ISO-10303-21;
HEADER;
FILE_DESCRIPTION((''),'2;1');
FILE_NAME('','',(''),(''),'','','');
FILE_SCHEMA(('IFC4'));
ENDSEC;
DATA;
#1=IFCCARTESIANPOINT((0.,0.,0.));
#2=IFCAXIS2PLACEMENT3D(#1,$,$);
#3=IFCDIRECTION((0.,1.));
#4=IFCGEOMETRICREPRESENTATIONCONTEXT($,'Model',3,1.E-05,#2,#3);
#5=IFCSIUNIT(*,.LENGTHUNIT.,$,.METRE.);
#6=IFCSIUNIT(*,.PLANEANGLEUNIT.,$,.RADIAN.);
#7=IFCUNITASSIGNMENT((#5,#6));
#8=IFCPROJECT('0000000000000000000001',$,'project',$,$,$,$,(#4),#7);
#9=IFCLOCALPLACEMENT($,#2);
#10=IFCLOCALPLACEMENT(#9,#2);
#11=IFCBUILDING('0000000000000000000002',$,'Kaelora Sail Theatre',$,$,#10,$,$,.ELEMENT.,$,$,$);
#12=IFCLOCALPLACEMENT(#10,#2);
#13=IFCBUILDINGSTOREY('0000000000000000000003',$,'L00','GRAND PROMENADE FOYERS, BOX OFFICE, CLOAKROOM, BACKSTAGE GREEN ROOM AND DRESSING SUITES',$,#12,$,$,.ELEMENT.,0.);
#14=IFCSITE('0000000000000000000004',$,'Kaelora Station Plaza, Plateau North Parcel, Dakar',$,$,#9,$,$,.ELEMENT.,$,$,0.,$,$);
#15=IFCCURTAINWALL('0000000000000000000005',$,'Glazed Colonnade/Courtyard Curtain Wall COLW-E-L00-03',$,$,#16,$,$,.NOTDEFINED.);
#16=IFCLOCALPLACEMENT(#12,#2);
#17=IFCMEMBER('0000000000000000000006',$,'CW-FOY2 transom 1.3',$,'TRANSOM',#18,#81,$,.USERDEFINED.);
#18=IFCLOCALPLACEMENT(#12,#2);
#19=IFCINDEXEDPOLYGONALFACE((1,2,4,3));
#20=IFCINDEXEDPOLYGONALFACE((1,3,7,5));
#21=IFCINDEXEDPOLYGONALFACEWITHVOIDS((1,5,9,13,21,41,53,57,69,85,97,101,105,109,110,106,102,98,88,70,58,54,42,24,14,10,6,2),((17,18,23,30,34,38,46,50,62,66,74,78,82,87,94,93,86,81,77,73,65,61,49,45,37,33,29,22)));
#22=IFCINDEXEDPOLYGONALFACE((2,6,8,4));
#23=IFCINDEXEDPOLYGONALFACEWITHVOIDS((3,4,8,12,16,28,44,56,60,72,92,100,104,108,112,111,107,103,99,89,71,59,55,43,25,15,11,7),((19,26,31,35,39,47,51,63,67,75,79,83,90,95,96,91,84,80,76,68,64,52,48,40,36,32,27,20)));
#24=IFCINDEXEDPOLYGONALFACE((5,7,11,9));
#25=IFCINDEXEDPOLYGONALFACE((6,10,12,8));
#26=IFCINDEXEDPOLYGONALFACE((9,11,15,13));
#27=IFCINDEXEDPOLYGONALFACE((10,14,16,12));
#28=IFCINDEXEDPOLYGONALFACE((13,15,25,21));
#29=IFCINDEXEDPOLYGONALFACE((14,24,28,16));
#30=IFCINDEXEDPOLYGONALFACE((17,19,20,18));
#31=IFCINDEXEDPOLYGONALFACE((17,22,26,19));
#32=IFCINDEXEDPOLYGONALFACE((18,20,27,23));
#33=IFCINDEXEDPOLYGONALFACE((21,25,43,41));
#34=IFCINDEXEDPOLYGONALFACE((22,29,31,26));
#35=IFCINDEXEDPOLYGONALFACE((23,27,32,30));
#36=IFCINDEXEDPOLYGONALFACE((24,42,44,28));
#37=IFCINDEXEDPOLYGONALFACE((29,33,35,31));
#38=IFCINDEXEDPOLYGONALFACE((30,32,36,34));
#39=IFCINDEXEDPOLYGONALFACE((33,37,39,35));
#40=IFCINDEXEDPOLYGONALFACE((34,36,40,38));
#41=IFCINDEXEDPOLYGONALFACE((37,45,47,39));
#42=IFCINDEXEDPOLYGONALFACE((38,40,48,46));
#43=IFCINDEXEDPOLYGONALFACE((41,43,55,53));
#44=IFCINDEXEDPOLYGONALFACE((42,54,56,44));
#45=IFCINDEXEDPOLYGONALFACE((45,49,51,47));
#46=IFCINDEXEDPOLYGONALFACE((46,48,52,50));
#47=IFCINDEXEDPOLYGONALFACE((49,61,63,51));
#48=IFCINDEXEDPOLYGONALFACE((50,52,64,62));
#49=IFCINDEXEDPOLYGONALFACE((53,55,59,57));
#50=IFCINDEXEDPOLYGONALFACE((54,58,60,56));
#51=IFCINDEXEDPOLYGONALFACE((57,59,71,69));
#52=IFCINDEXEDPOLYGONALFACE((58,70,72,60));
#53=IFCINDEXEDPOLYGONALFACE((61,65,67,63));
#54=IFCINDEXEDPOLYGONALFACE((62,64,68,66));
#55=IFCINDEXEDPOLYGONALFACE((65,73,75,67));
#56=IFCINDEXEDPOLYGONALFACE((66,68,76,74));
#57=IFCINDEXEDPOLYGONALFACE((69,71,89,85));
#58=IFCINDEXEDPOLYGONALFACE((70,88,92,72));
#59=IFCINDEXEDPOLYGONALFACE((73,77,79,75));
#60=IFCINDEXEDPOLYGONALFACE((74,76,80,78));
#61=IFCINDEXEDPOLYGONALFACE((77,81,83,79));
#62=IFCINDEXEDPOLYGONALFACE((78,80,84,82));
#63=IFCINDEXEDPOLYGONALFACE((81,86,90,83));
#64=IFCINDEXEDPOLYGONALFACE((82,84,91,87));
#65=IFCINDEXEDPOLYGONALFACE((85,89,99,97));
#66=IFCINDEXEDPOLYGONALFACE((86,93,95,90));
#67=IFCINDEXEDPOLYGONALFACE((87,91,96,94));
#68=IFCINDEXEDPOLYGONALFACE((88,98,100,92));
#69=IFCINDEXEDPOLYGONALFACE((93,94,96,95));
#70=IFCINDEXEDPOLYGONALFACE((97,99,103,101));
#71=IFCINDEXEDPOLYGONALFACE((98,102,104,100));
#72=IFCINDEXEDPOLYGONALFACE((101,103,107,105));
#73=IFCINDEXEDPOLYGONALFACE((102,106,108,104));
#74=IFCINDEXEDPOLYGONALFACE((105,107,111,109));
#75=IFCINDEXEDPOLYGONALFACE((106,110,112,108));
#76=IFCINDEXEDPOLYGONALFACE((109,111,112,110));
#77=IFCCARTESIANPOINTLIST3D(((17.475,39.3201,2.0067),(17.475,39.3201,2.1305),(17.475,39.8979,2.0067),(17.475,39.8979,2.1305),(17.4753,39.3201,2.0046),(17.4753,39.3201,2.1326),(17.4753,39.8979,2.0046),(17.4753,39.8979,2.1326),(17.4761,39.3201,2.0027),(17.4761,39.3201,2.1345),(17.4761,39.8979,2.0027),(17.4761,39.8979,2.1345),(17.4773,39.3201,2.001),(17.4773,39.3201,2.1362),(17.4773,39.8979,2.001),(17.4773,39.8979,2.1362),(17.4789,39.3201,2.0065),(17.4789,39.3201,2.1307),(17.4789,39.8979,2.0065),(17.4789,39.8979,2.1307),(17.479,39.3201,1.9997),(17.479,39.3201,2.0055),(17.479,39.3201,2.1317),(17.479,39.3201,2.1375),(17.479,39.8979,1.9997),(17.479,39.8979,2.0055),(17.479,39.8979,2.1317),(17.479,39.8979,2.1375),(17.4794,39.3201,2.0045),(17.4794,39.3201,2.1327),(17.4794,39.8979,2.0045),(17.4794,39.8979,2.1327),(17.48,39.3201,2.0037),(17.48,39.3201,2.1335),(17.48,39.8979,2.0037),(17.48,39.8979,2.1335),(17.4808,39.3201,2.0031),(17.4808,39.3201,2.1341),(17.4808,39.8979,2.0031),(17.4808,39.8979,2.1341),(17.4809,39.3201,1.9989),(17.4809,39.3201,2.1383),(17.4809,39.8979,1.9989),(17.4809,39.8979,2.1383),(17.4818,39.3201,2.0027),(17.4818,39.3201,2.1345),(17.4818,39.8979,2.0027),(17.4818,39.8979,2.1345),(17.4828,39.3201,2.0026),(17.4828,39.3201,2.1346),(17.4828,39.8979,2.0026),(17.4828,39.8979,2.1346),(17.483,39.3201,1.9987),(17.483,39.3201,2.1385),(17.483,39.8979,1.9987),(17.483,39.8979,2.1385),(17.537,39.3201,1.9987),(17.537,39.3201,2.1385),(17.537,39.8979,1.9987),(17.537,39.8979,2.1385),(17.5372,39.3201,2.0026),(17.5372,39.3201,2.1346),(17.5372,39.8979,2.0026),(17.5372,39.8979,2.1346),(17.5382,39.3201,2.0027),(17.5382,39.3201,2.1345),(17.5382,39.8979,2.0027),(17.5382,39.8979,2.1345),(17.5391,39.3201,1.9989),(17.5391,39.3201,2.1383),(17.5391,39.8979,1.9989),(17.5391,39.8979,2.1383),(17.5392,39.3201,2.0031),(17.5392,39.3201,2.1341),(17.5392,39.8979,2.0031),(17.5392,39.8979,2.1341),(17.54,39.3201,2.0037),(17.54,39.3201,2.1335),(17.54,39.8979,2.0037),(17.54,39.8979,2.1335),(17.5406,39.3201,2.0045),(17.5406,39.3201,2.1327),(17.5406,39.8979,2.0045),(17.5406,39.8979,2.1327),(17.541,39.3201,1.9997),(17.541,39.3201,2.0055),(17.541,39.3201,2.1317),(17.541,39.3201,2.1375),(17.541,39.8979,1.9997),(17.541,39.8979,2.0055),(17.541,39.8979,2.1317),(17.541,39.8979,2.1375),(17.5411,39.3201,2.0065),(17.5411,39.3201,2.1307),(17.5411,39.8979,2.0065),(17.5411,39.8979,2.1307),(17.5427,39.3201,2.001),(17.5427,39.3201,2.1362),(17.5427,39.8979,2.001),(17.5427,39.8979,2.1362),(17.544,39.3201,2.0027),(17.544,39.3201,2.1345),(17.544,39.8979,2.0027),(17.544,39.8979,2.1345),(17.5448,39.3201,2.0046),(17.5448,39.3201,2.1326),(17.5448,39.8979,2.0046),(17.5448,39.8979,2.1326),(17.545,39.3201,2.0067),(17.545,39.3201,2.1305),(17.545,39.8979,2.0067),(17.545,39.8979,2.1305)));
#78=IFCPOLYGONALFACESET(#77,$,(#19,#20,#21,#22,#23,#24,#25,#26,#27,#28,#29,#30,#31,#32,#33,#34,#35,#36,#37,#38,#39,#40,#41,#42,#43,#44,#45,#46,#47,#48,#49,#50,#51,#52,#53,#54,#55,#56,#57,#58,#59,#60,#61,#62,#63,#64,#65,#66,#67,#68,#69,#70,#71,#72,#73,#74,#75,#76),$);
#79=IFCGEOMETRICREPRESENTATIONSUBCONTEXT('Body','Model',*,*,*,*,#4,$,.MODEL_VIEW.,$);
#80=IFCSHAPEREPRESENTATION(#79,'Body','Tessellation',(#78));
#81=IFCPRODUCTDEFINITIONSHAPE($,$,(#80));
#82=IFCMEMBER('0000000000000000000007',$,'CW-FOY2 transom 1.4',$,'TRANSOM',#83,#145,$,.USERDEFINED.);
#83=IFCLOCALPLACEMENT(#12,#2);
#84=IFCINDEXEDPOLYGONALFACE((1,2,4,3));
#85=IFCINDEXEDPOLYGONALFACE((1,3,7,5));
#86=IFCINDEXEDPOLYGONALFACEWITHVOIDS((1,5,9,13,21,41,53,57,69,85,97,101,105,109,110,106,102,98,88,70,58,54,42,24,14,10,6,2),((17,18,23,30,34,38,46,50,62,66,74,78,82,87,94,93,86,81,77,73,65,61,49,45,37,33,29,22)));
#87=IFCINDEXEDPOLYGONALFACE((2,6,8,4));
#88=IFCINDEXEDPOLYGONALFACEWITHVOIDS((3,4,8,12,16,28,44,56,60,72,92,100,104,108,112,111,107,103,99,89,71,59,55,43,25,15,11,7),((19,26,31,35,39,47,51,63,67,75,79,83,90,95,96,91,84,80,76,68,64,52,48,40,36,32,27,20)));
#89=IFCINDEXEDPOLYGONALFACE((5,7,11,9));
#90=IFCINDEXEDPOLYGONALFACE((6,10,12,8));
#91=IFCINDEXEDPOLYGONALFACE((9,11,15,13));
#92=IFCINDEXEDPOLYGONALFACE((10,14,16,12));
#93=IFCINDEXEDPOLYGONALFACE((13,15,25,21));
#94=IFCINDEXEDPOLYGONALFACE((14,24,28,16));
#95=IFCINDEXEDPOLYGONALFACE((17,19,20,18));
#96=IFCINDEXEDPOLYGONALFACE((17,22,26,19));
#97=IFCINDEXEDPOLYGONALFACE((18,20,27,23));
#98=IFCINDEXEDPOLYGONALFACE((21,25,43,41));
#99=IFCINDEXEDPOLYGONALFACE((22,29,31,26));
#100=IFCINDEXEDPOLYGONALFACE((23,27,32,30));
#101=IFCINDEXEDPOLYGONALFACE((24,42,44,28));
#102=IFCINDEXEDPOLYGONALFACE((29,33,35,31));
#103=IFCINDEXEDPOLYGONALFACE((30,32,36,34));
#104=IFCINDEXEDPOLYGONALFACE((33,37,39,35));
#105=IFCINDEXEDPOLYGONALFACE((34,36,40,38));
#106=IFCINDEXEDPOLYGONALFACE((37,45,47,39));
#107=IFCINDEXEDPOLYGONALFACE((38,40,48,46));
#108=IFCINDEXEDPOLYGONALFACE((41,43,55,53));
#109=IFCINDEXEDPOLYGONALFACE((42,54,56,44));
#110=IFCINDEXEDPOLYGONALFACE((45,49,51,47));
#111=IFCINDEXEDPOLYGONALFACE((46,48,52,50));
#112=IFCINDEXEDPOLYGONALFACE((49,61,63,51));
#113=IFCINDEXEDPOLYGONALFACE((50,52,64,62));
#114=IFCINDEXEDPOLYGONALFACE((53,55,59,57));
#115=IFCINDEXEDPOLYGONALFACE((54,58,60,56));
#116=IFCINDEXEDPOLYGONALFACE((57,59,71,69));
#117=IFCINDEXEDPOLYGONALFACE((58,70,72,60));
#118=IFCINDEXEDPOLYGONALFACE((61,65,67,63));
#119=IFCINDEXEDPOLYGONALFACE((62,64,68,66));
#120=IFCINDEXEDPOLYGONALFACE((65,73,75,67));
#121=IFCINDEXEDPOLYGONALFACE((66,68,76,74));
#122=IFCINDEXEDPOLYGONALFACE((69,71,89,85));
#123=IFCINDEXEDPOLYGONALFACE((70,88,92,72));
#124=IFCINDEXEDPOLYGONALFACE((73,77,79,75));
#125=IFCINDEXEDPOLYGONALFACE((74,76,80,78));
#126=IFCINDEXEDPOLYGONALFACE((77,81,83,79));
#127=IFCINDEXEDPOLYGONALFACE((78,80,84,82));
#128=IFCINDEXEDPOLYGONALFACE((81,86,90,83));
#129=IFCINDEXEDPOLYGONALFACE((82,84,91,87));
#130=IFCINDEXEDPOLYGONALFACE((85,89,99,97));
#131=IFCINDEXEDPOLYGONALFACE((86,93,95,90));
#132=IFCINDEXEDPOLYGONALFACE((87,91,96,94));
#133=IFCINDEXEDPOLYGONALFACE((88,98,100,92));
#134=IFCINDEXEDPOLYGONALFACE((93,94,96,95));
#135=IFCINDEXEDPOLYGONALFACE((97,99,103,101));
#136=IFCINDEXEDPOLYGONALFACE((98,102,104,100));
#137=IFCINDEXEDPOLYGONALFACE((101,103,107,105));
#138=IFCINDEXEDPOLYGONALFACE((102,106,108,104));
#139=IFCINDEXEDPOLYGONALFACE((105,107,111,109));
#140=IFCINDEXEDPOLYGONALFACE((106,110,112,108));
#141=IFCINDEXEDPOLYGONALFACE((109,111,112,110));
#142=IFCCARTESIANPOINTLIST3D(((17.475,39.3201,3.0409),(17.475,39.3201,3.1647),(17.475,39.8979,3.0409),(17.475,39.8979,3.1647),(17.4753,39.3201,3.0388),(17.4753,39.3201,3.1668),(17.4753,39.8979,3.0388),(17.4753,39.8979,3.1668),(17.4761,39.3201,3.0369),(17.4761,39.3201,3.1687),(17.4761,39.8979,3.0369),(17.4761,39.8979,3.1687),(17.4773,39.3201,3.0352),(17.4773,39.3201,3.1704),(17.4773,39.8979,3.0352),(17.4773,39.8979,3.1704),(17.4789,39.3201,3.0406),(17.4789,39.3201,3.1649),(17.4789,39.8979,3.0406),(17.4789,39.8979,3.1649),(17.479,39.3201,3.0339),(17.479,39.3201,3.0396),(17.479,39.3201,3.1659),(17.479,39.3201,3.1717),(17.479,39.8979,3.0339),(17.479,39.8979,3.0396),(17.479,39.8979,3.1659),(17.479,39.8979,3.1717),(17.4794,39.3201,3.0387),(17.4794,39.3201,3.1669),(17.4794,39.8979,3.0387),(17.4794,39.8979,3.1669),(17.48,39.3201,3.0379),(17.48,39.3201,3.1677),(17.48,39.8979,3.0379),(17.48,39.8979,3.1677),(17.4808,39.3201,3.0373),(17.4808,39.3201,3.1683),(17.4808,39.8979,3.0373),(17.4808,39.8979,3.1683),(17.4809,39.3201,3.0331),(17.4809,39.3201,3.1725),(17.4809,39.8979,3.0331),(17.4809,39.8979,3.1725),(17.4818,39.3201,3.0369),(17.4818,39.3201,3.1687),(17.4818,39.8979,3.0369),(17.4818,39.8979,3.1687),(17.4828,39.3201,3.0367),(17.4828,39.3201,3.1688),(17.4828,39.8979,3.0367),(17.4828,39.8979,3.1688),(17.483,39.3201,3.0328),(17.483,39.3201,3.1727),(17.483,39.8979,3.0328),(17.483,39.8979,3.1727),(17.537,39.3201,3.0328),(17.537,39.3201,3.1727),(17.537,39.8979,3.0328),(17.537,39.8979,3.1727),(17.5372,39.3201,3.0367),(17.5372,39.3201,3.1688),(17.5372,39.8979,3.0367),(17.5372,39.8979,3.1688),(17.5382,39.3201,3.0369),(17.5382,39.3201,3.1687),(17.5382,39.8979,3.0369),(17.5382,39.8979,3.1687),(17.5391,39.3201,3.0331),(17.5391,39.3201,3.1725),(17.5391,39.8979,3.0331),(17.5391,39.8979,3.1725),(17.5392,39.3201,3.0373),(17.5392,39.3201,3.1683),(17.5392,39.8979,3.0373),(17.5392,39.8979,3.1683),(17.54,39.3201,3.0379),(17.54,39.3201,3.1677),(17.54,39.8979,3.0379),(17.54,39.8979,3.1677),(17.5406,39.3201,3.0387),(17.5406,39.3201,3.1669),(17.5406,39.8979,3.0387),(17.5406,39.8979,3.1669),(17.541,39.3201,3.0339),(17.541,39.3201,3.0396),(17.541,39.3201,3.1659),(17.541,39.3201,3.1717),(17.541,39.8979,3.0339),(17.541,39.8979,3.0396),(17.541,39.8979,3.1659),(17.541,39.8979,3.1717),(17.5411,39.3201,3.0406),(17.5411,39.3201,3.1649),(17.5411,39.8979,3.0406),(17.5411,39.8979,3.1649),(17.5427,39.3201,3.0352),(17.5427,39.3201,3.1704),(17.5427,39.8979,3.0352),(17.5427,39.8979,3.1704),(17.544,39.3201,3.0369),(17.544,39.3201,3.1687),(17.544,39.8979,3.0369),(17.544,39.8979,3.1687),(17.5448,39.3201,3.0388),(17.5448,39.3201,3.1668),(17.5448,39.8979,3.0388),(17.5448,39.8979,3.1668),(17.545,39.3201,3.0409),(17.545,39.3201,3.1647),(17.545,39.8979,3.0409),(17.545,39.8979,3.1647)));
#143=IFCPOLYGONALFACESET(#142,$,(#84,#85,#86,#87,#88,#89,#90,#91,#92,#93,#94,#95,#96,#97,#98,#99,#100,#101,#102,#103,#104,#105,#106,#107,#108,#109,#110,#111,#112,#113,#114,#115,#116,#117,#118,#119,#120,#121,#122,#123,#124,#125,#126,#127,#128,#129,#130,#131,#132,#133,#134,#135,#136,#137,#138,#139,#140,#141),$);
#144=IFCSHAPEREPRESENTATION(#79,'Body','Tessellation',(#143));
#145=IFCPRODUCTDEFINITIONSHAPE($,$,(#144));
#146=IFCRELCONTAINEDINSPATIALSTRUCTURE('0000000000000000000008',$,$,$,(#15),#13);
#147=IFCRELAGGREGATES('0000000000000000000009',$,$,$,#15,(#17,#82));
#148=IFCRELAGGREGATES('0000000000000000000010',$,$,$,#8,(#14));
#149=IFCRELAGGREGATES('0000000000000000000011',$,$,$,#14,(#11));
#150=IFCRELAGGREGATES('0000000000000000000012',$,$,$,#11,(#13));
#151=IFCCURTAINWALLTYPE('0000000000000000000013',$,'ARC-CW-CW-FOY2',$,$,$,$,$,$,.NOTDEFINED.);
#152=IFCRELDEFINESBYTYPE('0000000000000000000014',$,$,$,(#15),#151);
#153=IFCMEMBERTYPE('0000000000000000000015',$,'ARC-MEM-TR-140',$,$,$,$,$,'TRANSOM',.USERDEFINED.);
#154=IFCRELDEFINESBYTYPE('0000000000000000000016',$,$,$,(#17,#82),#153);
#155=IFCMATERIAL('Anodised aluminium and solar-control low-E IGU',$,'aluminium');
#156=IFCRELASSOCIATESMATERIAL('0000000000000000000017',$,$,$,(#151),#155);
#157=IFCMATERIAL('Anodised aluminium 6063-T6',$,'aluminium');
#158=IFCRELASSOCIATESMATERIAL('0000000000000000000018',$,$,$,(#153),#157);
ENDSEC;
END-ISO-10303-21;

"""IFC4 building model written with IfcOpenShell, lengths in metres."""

from ifc_helpers import new_model, si_unit, direction, frame, origin, origin_2d, place, context, subcontext, project, spatial, hollow_rectangle, extrude, material, material_profile, profile_set, type_object, element, aggregate, save


model = new_model("IFC4")

# Units and contexts
model_context = context("Model", 3, precision=1e-05, world=origin(), true_north=direction((0.0, 1.0)))
body_context = subcontext(model_context, "Body", "Model", "MODEL_VIEW")
ifc_project = project(units=[si_unit("LENGTHUNIT", "METRE"), si_unit("PLANEANGLEUNIT", "RADIAN")], contexts=[model_context])

# Site, building, storey
site_placement = place(None, origin())
site = spatial("IfcSite", under=ifc_project, at=site_placement, Name="Kaelora Station Plaza, Plateau North Parcel, Dakar", CompositionType="ELEMENT", RefElevation=0.0)
building_placement = place(site_placement, origin())
building = spatial("IfcBuilding", under=site, at=building_placement, Name="Kaelora Sail Theatre", CompositionType="ELEMENT")
storey_placement = place(building_placement, origin())
storey = spatial("IfcBuildingStorey", under=building, at=storey_placement, Name="L00", Description="GRAND PROMENADE FOYERS, BOX OFFICE, CLOAKROOM, BACKSTAGE GREEN ROOM AND DRESSING SUITES", CompositionType="ELEMENT", Elevation=0.0)

# Curtain wall, members
ifc_material_1 = material(Name="Anodised aluminium and solar-control low-E IGU", Category="aluminium")
curtain_wall_type = type_object("IfcCurtainWallType", Name="ARC-CW-CW-FOY2", PredefinedType="NOTDEFINED", material=ifc_material_1)
curtain_wall_placement = place(storey_placement, origin())
curtain_wall = element("IfcCurtainWall", 1, at=curtain_wall_placement, inside=storey, type_object=curtain_wall_type, Name="Glazed Colonnade/Courtyard Curtain Wall COLW-E-L00-03", PredefinedType="NOTDEFINED")
ifc_material_2 = material(Name="Anodised aluminium 6063-T6", Category="aluminium")
ifc_material_profile_1 = material_profile(ifc_material_2, hollow_rectangle(XDim=0.0701, YDim=0.1399, WallThickness=0.0039, InnerFilletRadius=0.0039, OuterFilletRadius=0.0081, at=origin_2d()), Name="ALU-TRAN 70x140x4")
ifc_profile_set_1 = profile_set([ifc_material_profile_1], Name="Anodised aluminium 6063-T6")
member_type_1 = type_object("IfcMemberType", Name="ARC-MEM-TR-140", ElementType="TRANSOM", PredefinedType="USERDEFINED", material=ifc_profile_set_1)
member_1_placement = place(storey_placement, frame((17.51, 39.3201, 2.0686), z_axis=(0.0, 1.0, 0.0), x_axis=(-1.0, 0.0, 0.0)))
member_1 = element("IfcMember", 2, at=member_1_placement, type_object=member_type_1, Name="CW-FOY2 transom 1.3", ObjectType="TRANSOM", PredefinedType="USERDEFINED", context=body_context, shape_type="SweptSolid", body=[
    extrude(hollow_rectangle(XDim=0.0701, YDim=0.1399, WallThickness=0.0039, InnerFilletRadius=0.0039, OuterFilletRadius=0.0081, at=origin_2d()), origin(), (0.0, 0.0, 1.0), 0.5779),
])
member_2_placement = place(storey_placement, frame((17.51, 39.3201, 3.1028), z_axis=(0.0, 1.0, 0.0), x_axis=(-1.0, 0.0, 0.0)))
member_2 = element("IfcMember", 3, at=member_2_placement, type_object=member_type_1, Name="CW-FOY2 transom 1.4", ObjectType="TRANSOM", PredefinedType="USERDEFINED", context=body_context, shape_type="SweptSolid", body=[
    extrude(hollow_rectangle(XDim=0.0701, YDim=0.1399, WallThickness=0.0039, InnerFilletRadius=0.0039, OuterFilletRadius=0.0081, at=origin_2d()), origin(), (0.0, 0.0, 1.0), 0.5779),
])
aggregate(curtain_wall, [member_1, member_2])

save(model, "model.ifc")
